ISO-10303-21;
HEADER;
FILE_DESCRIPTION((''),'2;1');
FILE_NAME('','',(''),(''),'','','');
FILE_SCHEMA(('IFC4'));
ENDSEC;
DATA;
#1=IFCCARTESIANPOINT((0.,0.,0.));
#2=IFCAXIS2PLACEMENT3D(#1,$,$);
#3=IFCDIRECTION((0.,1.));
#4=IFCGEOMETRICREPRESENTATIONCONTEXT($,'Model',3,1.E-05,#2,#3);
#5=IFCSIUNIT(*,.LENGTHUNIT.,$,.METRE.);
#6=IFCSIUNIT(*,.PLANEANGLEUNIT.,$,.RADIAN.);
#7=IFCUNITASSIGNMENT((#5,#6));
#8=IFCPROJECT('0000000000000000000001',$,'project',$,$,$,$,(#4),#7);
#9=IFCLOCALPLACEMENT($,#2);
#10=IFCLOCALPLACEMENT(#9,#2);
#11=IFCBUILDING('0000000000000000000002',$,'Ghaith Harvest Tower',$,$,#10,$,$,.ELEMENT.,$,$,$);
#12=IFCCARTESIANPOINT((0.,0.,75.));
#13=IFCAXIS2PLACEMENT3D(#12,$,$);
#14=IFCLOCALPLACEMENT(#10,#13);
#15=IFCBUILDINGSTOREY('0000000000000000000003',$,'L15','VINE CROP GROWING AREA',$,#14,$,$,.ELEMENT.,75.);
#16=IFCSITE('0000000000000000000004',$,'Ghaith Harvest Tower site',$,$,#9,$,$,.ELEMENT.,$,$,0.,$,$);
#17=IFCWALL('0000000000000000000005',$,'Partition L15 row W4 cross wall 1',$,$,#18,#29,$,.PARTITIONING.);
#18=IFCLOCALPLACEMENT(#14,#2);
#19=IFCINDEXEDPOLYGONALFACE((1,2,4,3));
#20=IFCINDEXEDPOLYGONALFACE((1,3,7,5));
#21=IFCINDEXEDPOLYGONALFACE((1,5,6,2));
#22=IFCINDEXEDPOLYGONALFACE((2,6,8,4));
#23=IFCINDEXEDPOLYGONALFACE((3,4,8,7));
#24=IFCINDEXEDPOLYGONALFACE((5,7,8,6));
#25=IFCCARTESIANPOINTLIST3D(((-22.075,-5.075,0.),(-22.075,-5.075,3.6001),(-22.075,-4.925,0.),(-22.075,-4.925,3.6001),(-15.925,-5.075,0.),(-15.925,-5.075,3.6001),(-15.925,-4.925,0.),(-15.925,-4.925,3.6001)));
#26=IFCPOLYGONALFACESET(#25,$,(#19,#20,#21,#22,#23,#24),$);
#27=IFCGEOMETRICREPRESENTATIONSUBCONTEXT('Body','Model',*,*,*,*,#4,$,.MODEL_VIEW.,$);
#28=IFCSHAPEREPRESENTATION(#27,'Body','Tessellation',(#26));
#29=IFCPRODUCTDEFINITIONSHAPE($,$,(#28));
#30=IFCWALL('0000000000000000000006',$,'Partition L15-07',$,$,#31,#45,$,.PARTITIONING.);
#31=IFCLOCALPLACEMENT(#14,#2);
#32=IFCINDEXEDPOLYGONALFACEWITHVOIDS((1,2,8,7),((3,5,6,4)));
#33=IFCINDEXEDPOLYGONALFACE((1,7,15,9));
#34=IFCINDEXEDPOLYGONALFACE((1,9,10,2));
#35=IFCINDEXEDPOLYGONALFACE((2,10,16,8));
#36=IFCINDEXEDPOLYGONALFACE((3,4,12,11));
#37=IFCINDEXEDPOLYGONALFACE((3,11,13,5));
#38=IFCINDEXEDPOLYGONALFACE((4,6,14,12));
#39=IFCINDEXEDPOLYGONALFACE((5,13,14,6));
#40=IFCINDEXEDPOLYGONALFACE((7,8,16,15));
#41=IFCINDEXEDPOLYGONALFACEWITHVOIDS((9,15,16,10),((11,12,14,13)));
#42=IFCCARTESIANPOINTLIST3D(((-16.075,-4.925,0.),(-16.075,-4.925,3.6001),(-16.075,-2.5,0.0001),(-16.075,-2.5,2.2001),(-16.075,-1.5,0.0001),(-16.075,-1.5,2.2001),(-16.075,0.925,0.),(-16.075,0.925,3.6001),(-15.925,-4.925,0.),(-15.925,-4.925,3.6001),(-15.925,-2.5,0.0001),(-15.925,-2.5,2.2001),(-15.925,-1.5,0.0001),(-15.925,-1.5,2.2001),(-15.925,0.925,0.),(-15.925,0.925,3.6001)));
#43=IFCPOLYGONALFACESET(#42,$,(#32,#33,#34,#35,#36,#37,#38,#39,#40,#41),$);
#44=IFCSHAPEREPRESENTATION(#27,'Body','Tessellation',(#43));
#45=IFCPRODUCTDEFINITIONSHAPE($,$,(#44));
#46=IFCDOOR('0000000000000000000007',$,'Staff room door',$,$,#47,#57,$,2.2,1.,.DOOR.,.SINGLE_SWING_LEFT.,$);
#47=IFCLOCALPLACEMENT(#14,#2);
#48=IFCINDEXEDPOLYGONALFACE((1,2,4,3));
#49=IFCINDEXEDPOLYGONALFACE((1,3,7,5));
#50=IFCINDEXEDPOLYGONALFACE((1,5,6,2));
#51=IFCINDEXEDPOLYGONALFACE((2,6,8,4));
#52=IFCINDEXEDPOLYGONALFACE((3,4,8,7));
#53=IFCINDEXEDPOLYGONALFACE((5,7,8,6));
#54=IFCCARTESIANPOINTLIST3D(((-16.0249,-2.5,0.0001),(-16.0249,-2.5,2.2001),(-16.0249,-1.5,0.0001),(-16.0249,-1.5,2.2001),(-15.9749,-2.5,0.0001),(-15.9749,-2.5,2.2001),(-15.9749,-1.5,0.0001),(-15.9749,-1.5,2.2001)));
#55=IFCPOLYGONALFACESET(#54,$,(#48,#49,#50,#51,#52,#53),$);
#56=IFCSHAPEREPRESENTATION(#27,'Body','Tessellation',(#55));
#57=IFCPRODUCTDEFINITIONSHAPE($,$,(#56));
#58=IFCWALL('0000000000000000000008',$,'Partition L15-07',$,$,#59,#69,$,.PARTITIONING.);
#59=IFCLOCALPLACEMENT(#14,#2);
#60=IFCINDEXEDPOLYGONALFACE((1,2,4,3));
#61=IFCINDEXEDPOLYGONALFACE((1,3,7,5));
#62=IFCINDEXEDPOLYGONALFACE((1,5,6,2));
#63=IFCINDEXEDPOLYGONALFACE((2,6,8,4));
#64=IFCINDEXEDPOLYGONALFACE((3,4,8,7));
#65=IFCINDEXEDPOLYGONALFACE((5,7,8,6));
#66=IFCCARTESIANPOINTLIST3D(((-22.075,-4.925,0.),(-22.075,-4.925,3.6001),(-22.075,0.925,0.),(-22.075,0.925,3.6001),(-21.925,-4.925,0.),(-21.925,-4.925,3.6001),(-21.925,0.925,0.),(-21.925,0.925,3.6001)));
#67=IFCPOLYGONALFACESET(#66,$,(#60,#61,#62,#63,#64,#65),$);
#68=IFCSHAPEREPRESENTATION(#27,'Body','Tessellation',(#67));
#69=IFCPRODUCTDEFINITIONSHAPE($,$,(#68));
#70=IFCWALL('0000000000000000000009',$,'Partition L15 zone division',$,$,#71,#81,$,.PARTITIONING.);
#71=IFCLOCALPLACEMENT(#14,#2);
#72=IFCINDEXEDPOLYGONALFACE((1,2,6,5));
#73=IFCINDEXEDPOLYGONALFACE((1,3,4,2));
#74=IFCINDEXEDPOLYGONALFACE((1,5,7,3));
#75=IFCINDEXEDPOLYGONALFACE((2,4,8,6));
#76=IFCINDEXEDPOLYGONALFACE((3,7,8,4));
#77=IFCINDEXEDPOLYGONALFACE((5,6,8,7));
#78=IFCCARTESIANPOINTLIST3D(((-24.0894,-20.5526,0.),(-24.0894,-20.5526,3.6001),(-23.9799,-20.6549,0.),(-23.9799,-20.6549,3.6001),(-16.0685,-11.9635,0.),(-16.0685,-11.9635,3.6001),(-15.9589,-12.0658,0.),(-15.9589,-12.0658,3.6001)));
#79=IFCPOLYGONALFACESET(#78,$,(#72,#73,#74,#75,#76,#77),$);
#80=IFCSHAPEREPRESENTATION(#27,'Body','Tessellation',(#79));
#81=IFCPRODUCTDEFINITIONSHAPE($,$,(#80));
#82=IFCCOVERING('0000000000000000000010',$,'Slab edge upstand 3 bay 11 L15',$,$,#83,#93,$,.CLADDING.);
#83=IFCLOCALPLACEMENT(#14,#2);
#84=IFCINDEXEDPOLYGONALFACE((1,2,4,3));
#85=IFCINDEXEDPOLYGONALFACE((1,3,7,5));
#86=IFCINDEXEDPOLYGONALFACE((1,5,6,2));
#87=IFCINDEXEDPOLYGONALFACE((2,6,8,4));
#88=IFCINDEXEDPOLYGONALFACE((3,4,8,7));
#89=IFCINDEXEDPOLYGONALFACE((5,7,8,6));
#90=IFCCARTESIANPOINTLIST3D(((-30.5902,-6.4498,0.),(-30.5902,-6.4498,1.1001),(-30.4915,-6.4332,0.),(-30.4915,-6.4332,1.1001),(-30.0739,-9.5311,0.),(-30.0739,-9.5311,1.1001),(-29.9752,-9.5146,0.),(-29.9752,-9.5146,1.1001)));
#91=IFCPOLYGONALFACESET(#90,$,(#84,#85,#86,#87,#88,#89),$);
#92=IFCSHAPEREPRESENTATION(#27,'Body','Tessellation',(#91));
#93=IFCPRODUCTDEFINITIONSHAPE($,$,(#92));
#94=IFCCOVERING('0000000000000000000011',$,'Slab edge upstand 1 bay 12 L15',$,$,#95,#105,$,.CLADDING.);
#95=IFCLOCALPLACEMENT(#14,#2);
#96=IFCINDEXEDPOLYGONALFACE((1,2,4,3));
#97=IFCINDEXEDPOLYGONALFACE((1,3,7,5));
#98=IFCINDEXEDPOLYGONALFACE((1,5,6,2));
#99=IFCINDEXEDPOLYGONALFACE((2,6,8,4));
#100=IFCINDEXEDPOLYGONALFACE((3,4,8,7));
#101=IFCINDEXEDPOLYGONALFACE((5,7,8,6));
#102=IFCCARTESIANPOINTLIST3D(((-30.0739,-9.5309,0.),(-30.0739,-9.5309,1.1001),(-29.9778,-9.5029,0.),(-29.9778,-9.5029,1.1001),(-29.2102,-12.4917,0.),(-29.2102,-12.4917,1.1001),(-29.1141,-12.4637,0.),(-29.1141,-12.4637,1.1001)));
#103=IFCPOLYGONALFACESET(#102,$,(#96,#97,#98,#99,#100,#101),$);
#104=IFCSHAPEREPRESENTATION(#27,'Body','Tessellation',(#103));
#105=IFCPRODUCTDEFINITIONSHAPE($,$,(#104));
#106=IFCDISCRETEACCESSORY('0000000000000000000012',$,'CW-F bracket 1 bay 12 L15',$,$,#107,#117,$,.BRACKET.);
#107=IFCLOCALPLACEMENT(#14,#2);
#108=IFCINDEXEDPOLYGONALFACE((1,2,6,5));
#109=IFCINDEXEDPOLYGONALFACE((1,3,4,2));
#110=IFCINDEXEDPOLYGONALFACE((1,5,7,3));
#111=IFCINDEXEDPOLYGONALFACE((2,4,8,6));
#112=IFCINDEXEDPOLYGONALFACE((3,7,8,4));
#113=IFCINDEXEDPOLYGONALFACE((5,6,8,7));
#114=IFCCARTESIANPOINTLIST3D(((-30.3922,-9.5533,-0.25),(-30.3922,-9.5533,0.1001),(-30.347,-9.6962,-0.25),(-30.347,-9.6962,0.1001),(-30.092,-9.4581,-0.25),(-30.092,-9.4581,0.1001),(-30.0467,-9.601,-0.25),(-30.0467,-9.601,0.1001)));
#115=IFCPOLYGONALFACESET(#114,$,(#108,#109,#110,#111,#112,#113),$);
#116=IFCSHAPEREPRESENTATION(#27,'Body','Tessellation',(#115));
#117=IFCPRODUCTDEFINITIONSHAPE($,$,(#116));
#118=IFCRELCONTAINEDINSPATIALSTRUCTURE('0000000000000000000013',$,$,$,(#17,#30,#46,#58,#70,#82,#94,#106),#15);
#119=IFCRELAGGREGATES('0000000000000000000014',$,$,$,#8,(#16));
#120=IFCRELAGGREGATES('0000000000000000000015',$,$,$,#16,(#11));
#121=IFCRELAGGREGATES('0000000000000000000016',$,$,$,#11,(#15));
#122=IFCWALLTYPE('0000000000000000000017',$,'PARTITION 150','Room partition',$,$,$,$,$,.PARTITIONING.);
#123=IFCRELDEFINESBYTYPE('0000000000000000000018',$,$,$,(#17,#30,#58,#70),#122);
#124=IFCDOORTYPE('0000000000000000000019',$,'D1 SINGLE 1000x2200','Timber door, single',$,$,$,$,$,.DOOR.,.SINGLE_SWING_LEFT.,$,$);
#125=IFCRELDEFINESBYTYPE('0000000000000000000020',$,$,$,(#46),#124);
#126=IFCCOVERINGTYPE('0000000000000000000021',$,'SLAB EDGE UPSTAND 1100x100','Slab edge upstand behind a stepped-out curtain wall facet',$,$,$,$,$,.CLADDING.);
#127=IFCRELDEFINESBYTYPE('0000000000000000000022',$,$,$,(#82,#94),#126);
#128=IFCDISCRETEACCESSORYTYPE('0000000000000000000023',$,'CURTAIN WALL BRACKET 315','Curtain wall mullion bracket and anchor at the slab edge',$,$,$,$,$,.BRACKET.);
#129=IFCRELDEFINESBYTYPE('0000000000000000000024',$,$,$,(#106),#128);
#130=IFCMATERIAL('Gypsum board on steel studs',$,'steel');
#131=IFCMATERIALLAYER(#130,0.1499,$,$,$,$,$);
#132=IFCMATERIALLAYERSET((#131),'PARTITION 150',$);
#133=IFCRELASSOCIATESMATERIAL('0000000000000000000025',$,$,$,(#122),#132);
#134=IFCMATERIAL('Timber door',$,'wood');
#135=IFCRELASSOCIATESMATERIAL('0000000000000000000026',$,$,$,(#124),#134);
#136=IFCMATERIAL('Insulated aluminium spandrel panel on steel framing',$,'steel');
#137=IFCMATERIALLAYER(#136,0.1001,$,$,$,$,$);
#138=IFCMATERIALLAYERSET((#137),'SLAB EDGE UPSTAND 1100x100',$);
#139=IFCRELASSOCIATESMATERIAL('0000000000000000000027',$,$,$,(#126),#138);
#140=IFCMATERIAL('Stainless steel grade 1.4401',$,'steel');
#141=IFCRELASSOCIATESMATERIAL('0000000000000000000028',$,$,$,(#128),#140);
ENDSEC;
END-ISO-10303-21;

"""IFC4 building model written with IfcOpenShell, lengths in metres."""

from ifc_helpers import new_model, si_unit, direction, frame, frame_2d, origin, origin_2d, place, context, subcontext, project, spatial, rectangle, extrude, material, layer, layer_set, type_object, element, fill, save


model = new_model("IFC4")

# Units and contexts
model_context = context("Model", 3, precision=1e-05, world=origin(), true_north=direction((0.0, 1.0)))
body_context = subcontext(model_context, "Body", "Model", "MODEL_VIEW")
ifc_project = project(units=[si_unit("LENGTHUNIT", "METRE"), si_unit("PLANEANGLEUNIT", "RADIAN")], contexts=[model_context])

# Site, building, storey
site_placement = place(None, origin())
site = spatial("IfcSite", under=ifc_project, at=site_placement, Name="Ghaith Harvest Tower site", CompositionType="ELEMENT", RefElevation=0.0)
building_placement = place(site_placement, origin())
building = spatial("IfcBuilding", under=site, at=building_placement, Name="Ghaith Harvest Tower", CompositionType="ELEMENT")
storey_placement = place(building_placement, frame((0.0, 0.0, 75.0)))
storey = spatial("IfcBuildingStorey", under=building, at=storey_placement, Name="L15", Description="VINE CROP GROWING AREA", CompositionType="ELEMENT", Elevation=75.0)

# Wall
ifc_material_1 = material(Name="Gypsum board on steel studs", Category="steel")
ifc_layer_1 = layer(ifc_material_1, 0.1499)
ifc_layer_set_1 = layer_set([ifc_layer_1], Name="PARTITION 150")
wall_type_1 = type_object("IfcWallType", Name="PARTITION 150", Description="Room partition", PredefinedType="PARTITIONING", material=ifc_layer_set_1)
wall_1_placement = place(storey_placement, frame((-15.925, -5.0, 0.0), z_axis=(0.0, 0.0, 1.0), x_axis=(-1.0, 0.0, 0.0)))
element("IfcWall", 1, at=wall_1_placement, inside=storey, type_object=wall_type_1, Name="Partition L15 row W4 cross wall 1", PredefinedType="PARTITIONING", context=body_context, shape_type="SweptSolid", body=[
    extrude(rectangle(XDim=6.1499, YDim=0.1499, at=frame_2d((3.075, 0.0))), origin(), (0.0, 0.0, 1.0), 3.6001),
])

# Wall, opening, door
wall_2_placement = place(storey_placement, frame((-16.0, -4.925, 0.0), z_axis=(0.0, 0.0, 1.0), x_axis=(0.0, 1.0, 0.0)))
wall_2 = element("IfcWall", 2, at=wall_2_placement, inside=storey, type_object=wall_type_1, Name="Partition L15-07", PredefinedType="PARTITIONING", context=body_context, shape_type="SweptSolid", body=[
    extrude(rectangle(XDim=5.8501, YDim=0.1499, at=frame_2d((2.925, 0.0))), origin(), (0.0, 0.0, 1.0), 3.6001),
])
opening_1_placement = place(wall_2_placement, frame((2.425, 0.0, 0.0)))
opening_1 = element("IfcOpeningElement", 3, at=opening_1_placement, cuts=wall_2, PredefinedType="OPENING", context=body_context, shape_type="SweptSolid", body=[
    extrude(rectangle(XDim=1.0, YDim=2.2, at=frame_2d((0.5, 1.1001))), frame((0.0, 0.085, 0.0), z_axis=(0.0, -1.0, 0.0), x_axis=(1.0, 0.0, 0.0)), (0.0, 0.0, 1.0), 0.1699),
])
ifc_material_2 = material(Name="Timber door", Category="wood")
door_type_1 = type_object("IfcDoorType", Name="D1 SINGLE 1000x2200", Description="Timber door, single", OperationType="SINGLE_SWING_LEFT", PredefinedType="DOOR", material=ifc_material_2)
door_1_placement = place(opening_1_placement, origin())
door_1 = element("IfcDoor", 4, at=door_1_placement, inside=storey, type_object=door_type_1, Name="Staff room door", OperationType="SINGLE_SWING_LEFT", OverallHeight=2.2, OverallWidth=1.0, PredefinedType="DOOR", context=body_context, shape_type="SweptSolid", body=[
    extrude(rectangle(XDim=1.0, YDim=2.2, at=frame_2d((0.5, 1.1001))), frame((0.0, 0.0249, 0.0), z_axis=(0.0, -1.0, 0.0), x_axis=(1.0, 0.0, 0.0)), (0.0, 0.0, 1.0), 0.05),
])
fill(opening_1, door_1)

# Walls
wall_3_placement = place(storey_placement, frame((-22.0, -4.925, 0.0), z_axis=(0.0, 0.0, 1.0), x_axis=(0.0, 1.0, 0.0)))
element("IfcWall", 5, at=wall_3_placement, inside=storey, type_object=wall_type_1, Name="Partition L15-07", PredefinedType="PARTITIONING", context=body_context, shape_type="SweptSolid", body=[
    extrude(rectangle(XDim=5.8501, YDim=0.1499, at=frame_2d((2.925, 0.0))), origin(), (0.0, 0.0, 1.0), 3.6001),
])
wall_4_placement = place(storey_placement, frame((-16.0137, -12.0146, 0.0), z_axis=(0.0, 0.0, 1.0), x_axis=(-0.682523, -0.730865, 0.0)))
element("IfcWall", 6, at=wall_4_placement, inside=storey, type_object=wall_type_1, Name="Partition L15 zone division", PredefinedType="PARTITIONING", context=body_context, shape_type="SweptSolid", body=[
    extrude(rectangle(XDim=11.752, YDim=0.1499, at=frame_2d((5.876, 0.0))), origin(), (0.0, 0.0, 1.0), 3.6001),
])

# Coverings
ifc_material_3 = material(Name="Insulated aluminium spandrel panel on steel framing", Category="steel")
ifc_layer_2 = layer(ifc_material_3, 0.1001)
ifc_layer_set_2 = layer_set([ifc_layer_2], Name="SLAB EDGE UPSTAND 1100x100")
covering_type = type_object("IfcCoveringType", Name="SLAB EDGE UPSTAND 1100x100", Description="Slab edge upstand behind a stepped-out curtain wall facet", PredefinedType="CLADDING", material=ifc_layer_set_2)
covering_1_placement = place(storey_placement, frame((-30.2827, -7.9822, 0.0), z_axis=(0.0, 0.0, 1.0), x_axis=(0.165246, -0.986252, 0.0)))
element("IfcCovering", 7, at=covering_1_placement, inside=storey, type_object=covering_type, Name="Slab edge upstand 3 bay 11 L15", PredefinedType="CLADDING", context=body_context, shape_type="SweptSolid", body=[
    extrude(rectangle(XDim=3.1243, YDim=0.1001, at=origin_2d()), origin(), (0.0, 0.0, 1.0), 1.1001),
])
covering_2_placement = place(storey_placement, frame((-29.594, -10.9973, 0.0), z_axis=(0.0, 0.0, 1.0), x_axis=(0.280032, -0.959991, 0.0)))
element("IfcCovering", 8, at=covering_2_placement, inside=storey, type_object=covering_type, Name="Slab edge upstand 1 bay 12 L15", PredefinedType="CLADDING", context=body_context, shape_type="SweptSolid", body=[
    extrude(rectangle(XDim=3.0842, YDim=0.1001, at=origin_2d()), origin(), (0.0, 0.0, 1.0), 1.1001),
])

# Discrete accessory
ifc_material_4 = material(Name="Stainless steel grade 1.4401", Category="steel")
discrete_accessory_type = type_object("IfcDiscreteAccessoryType", Name="CURTAIN WALL BRACKET 315", Description="Curtain wall mullion bracket and anchor at the slab edge", PredefinedType="BRACKET", material=ifc_material_4)
discrete_accessory_placement = place(storey_placement, frame((-30.2195, -9.5771, -0.25), z_axis=(0.0, 0.0, 1.0), x_axis=(-0.953273, -0.30211, 0.0)))
element("IfcDiscreteAccessory", 9, at=discrete_accessory_placement, inside=storey, type_object=discrete_accessory_type, Name="CW-F bracket 1 bay 12 L15", PredefinedType="BRACKET", context=body_context, shape_type="SweptSolid", body=[
    extrude(rectangle(XDim=0.3149, YDim=0.1499, at=origin_2d()), origin(), (0.0, 0.0, 1.0), 0.3501),
])

save(model, "model.ifc")
